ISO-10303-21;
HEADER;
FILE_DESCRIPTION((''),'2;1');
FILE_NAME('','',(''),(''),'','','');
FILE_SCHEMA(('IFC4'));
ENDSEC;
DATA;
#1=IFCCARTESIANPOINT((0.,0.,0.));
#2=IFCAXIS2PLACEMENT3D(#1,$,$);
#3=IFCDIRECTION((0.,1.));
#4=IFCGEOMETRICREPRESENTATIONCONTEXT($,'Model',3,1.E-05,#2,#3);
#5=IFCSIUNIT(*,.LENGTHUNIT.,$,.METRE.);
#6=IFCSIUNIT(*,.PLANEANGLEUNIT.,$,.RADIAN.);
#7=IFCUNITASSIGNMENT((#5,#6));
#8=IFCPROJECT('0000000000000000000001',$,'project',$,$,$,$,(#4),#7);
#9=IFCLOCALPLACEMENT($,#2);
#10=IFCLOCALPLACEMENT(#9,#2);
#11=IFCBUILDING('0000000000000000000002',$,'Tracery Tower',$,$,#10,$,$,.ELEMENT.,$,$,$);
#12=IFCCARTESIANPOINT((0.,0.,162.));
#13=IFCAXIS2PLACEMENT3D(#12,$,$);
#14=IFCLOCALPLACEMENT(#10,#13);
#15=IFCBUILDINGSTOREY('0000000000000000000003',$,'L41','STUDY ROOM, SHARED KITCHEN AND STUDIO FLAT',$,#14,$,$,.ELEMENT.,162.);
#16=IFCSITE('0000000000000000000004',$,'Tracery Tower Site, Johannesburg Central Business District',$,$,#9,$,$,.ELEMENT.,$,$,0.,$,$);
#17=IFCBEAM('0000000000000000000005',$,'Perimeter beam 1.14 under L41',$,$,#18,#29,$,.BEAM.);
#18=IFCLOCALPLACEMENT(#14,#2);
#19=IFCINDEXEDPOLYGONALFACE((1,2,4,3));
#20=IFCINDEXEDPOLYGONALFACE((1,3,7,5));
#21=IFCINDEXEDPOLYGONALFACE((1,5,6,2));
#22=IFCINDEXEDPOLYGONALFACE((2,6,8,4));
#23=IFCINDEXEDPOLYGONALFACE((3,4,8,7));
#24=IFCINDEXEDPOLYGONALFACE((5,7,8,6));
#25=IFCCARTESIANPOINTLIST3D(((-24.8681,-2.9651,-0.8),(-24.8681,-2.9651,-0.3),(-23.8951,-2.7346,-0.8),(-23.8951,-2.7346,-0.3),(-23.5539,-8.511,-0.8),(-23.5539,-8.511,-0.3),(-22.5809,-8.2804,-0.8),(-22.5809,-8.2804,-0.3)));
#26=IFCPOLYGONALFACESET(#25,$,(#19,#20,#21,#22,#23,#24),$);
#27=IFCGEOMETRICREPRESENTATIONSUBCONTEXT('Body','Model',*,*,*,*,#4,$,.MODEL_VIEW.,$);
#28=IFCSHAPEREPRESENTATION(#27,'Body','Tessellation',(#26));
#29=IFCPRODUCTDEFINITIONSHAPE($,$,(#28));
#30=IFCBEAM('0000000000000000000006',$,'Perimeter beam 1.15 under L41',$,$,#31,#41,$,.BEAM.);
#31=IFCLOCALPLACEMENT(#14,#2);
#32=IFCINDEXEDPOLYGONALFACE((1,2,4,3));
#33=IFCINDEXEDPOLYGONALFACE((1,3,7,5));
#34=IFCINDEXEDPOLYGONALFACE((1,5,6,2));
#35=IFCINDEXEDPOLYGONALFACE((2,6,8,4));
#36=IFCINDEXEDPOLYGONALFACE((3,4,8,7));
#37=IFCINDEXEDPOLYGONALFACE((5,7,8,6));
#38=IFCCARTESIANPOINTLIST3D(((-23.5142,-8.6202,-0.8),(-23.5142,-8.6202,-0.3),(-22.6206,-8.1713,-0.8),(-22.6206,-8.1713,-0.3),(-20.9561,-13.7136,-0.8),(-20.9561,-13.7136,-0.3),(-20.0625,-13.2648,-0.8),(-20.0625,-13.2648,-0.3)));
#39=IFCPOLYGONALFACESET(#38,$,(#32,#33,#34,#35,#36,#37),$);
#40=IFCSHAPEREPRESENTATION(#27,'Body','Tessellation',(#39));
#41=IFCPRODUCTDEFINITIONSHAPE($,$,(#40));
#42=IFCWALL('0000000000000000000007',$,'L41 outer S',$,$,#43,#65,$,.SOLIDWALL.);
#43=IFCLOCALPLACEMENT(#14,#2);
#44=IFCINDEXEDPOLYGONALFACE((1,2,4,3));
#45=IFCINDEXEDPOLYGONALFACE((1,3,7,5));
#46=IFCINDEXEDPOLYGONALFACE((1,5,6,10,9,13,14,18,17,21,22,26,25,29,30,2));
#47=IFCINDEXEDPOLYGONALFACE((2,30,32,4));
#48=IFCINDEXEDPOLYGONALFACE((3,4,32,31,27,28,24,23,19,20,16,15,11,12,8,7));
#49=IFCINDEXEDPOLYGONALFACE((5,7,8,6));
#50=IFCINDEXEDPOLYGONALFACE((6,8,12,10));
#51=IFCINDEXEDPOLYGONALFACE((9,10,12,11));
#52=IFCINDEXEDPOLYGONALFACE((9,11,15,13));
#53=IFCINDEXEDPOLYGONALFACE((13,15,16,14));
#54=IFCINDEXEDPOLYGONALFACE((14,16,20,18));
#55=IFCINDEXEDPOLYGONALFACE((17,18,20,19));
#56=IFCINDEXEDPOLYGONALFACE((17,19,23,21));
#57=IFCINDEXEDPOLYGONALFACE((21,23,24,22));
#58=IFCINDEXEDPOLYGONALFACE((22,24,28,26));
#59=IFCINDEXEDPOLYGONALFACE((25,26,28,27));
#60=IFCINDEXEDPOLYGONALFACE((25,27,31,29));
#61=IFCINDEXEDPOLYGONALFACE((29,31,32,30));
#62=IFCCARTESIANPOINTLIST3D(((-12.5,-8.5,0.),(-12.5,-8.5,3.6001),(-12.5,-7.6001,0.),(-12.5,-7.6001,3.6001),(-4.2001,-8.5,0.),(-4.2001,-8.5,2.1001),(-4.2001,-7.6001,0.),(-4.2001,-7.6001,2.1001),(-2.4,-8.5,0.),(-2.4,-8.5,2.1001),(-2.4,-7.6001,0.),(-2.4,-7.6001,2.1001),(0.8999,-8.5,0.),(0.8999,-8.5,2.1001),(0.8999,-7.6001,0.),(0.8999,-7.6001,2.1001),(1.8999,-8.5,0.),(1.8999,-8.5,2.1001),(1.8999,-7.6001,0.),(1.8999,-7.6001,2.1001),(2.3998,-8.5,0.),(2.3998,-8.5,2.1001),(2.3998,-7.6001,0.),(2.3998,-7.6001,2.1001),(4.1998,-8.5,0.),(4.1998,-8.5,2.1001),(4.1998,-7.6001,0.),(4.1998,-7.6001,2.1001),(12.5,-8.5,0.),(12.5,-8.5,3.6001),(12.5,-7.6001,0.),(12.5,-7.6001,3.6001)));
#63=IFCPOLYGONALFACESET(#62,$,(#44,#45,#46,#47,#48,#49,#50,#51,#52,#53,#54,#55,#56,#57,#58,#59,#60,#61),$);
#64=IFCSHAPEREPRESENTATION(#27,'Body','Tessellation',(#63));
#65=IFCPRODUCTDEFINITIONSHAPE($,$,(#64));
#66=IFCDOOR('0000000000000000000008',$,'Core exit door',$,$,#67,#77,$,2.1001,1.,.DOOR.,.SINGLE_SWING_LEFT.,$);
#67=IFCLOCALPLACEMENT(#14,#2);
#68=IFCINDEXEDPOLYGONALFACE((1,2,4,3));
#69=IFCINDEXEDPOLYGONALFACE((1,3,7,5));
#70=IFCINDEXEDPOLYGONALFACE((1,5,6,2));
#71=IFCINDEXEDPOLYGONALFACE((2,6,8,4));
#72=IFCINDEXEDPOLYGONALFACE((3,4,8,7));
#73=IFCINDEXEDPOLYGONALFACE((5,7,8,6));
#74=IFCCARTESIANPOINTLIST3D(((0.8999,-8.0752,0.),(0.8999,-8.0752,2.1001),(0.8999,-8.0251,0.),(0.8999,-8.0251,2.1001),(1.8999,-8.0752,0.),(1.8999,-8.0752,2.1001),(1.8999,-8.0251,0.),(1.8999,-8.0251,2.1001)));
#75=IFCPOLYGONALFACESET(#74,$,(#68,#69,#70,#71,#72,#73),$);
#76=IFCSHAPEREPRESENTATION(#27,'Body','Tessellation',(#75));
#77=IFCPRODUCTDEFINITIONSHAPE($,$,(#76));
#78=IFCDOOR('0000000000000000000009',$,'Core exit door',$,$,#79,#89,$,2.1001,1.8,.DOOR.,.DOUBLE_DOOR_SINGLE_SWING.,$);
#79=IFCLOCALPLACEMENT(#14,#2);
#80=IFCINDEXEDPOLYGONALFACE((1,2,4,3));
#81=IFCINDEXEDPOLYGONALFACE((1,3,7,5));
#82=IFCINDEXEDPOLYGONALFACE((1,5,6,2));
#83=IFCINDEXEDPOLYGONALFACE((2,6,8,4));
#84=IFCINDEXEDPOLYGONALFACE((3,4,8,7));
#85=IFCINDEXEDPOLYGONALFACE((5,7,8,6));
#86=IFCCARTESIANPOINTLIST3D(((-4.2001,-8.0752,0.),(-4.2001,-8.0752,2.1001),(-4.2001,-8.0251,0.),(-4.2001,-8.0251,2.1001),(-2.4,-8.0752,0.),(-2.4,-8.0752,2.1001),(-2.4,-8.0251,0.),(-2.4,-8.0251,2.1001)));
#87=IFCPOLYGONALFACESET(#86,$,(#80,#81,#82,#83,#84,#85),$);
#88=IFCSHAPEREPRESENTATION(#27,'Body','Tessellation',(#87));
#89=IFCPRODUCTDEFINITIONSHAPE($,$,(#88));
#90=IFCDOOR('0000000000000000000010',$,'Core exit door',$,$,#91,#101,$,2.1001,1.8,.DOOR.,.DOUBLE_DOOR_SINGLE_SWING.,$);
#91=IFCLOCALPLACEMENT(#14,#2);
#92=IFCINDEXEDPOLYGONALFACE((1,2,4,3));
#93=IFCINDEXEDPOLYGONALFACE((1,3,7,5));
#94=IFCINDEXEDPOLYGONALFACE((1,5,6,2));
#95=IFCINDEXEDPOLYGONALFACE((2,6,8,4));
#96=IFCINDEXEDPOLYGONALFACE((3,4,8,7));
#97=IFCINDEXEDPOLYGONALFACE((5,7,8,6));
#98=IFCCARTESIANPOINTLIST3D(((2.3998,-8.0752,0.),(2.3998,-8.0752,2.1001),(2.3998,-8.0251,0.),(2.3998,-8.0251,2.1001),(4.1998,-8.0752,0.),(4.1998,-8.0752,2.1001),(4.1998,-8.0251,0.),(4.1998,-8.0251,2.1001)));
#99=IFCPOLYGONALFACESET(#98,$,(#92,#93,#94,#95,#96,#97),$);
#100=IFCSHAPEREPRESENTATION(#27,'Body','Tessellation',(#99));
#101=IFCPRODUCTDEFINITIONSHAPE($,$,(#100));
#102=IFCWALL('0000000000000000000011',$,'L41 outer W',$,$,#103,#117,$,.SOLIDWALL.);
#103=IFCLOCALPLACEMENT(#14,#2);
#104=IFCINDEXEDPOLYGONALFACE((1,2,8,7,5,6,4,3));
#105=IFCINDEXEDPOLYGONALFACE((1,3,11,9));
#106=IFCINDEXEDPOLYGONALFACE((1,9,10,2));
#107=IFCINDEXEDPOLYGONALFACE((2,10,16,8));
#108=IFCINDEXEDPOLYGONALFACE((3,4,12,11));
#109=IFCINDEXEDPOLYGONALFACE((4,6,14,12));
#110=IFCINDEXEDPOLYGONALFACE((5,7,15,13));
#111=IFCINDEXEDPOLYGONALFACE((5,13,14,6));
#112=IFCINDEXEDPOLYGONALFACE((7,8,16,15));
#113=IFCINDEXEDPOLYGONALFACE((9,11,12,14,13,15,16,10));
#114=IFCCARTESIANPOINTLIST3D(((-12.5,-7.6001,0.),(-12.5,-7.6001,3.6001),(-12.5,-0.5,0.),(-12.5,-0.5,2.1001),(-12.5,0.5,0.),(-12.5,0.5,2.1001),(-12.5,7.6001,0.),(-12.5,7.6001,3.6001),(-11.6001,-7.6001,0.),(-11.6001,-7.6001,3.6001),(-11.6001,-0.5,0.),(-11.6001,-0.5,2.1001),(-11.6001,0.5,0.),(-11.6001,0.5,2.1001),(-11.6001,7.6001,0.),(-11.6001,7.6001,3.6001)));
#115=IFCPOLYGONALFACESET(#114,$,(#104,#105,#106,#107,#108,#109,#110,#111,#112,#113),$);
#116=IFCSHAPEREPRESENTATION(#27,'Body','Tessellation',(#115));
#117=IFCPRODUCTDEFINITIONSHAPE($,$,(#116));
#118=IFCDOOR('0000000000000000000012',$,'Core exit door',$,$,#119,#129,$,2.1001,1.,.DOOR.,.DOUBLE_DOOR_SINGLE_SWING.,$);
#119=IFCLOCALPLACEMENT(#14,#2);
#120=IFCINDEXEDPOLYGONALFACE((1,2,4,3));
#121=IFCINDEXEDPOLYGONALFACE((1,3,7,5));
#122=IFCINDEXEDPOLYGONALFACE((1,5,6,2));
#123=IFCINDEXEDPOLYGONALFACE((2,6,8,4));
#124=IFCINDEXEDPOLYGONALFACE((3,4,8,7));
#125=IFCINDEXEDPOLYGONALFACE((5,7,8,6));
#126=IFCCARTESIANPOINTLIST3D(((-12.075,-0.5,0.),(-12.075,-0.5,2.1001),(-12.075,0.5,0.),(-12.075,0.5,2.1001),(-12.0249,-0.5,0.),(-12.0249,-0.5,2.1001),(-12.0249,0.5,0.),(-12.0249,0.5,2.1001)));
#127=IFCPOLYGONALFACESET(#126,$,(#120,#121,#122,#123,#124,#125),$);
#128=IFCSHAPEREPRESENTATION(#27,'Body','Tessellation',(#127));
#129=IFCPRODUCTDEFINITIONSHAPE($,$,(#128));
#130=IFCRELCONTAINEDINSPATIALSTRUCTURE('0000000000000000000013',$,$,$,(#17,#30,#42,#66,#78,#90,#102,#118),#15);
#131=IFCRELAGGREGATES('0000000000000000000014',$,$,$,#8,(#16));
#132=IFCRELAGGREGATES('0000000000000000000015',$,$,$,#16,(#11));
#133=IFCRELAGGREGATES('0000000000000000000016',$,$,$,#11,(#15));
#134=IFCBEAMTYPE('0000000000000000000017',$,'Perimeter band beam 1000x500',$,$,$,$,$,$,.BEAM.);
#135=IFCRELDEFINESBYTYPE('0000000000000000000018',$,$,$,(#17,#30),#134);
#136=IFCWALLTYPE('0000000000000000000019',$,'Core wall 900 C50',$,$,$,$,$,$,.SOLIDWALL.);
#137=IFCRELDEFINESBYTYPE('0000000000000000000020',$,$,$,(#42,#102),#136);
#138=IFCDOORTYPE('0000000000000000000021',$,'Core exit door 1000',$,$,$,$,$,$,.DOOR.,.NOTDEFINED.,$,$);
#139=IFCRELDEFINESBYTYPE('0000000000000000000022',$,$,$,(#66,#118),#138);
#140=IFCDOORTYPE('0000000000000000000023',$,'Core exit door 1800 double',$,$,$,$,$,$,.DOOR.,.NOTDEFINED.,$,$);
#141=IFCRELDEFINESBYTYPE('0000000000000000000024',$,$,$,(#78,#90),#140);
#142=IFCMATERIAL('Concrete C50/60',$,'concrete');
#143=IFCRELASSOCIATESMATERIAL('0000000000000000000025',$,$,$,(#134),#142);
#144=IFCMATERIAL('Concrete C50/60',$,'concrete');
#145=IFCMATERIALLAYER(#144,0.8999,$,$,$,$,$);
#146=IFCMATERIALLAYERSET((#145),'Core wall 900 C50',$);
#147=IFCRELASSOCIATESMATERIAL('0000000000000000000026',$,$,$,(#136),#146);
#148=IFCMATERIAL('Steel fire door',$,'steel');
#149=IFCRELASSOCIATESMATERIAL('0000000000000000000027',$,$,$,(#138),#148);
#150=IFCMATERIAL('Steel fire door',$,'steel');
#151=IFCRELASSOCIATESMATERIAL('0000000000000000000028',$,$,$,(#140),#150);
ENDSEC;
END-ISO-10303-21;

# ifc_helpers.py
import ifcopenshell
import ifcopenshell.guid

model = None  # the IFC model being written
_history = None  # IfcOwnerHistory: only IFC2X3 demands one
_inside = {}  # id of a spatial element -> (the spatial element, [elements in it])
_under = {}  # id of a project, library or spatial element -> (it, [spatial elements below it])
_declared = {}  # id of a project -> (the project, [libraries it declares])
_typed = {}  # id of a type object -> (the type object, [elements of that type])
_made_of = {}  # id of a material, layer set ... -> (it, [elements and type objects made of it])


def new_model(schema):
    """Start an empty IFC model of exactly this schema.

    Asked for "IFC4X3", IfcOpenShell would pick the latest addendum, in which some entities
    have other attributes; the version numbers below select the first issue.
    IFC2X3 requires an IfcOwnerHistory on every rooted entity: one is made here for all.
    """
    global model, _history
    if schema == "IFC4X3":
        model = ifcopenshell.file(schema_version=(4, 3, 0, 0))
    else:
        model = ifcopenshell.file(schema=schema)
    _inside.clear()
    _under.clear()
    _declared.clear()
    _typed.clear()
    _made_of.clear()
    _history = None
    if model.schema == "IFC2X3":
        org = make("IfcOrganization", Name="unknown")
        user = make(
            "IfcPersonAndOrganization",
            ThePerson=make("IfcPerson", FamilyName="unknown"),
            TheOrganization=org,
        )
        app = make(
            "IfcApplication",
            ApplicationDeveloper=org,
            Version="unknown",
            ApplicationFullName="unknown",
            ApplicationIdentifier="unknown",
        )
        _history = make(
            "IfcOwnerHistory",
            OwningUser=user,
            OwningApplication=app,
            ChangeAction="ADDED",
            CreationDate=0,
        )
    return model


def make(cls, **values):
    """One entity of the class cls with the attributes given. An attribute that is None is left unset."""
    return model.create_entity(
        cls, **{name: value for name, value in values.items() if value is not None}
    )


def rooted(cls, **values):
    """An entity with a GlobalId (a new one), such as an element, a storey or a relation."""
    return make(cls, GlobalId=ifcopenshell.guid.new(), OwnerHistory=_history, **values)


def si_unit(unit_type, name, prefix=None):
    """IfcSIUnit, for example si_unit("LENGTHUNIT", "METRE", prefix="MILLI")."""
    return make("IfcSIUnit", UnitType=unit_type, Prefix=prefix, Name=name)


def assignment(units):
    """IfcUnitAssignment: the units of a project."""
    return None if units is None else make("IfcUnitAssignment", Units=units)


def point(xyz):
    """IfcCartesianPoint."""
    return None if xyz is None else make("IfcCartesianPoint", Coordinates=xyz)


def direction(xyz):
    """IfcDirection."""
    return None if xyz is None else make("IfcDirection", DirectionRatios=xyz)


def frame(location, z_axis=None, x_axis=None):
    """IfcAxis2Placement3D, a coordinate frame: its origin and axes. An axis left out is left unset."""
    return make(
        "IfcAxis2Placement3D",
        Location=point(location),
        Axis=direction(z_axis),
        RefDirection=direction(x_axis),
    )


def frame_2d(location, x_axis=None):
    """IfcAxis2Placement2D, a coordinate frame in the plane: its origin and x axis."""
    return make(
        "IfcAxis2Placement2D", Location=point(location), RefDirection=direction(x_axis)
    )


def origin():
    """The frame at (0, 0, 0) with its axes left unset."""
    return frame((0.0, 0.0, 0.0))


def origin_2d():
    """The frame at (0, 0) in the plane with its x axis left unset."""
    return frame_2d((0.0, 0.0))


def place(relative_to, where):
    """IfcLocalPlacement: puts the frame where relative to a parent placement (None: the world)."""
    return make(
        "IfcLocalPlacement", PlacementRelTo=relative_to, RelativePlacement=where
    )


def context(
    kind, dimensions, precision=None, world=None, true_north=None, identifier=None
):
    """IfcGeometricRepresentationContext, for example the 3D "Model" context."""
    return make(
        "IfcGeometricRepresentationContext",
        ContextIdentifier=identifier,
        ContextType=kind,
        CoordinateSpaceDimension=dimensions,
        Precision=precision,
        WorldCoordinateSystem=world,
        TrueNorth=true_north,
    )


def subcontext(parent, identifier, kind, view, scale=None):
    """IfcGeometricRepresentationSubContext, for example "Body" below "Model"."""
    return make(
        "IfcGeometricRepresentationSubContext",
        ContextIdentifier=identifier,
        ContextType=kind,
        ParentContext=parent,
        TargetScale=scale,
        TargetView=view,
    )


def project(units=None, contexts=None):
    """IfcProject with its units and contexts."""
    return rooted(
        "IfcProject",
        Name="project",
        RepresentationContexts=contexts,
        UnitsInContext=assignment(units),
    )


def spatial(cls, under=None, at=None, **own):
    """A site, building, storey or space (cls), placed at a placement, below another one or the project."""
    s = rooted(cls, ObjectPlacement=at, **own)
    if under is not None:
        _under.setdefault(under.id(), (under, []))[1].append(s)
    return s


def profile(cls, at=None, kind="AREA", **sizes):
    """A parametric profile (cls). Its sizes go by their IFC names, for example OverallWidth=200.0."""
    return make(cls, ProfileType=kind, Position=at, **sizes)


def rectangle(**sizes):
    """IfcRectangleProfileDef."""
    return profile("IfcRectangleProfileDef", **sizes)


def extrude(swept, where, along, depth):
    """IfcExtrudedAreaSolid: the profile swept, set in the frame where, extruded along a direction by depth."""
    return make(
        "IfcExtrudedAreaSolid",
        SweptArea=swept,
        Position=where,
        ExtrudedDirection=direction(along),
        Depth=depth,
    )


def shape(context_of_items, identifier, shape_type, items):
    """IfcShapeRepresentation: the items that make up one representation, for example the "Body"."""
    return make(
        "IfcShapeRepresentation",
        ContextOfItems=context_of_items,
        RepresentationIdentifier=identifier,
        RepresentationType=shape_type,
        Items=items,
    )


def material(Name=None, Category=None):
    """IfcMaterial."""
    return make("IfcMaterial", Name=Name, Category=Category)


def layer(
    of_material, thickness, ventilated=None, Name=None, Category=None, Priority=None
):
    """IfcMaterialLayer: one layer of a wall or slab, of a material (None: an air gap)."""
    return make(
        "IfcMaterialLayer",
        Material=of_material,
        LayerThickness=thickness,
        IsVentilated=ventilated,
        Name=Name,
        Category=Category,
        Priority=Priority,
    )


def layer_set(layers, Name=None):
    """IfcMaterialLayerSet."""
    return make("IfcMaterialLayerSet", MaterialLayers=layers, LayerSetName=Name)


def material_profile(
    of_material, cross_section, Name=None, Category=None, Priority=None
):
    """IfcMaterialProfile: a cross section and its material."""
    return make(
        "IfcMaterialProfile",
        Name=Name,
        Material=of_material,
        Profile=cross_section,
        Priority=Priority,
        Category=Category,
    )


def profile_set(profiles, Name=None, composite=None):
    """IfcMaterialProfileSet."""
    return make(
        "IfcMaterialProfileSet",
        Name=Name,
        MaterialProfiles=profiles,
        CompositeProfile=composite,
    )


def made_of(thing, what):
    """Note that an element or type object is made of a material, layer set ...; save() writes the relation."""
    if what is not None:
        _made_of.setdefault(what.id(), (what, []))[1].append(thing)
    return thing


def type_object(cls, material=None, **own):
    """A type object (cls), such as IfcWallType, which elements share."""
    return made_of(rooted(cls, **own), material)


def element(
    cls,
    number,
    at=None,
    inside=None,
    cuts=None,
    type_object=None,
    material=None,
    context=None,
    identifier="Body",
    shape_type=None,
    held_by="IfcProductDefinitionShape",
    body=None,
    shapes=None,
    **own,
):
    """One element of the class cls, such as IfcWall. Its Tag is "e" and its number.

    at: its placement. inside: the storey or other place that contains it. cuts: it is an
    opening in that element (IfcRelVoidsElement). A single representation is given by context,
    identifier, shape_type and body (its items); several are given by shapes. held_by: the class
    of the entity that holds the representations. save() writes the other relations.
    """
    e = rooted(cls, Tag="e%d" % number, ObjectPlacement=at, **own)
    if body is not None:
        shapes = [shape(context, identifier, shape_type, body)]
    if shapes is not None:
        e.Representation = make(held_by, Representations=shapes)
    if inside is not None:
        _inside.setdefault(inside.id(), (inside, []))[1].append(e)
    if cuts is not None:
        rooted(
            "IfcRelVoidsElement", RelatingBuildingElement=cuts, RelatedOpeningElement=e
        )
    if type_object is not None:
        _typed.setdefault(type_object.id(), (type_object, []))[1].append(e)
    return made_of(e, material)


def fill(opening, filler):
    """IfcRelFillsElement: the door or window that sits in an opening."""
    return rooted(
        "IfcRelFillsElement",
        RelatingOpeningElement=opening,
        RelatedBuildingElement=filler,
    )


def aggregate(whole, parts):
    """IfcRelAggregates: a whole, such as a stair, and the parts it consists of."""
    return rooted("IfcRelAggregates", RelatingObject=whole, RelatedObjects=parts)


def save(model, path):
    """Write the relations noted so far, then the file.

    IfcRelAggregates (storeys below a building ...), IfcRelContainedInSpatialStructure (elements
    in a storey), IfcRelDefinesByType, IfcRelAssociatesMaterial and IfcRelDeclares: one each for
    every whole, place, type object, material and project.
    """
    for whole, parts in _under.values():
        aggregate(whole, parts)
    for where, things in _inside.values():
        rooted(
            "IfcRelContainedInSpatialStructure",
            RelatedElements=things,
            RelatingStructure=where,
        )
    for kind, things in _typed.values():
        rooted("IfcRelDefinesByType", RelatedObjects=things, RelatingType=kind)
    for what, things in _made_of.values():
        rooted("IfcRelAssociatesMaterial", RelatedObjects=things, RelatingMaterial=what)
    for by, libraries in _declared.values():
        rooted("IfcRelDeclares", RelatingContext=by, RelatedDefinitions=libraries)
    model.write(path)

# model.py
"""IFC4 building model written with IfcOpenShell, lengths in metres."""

from ifc_helpers import new_model, si_unit, direction, frame, frame_2d, origin, origin_2d, place, context, subcontext, project, spatial, rectangle, extrude, material, layer, layer_set, material_profile, profile_set, type_object, element, fill, save


model = new_model("IFC4")

# Units and contexts
model_context = context("Model", 3, precision=1e-05, world=origin(), true_north=direction((0.0, 1.0)))
body_context = subcontext(model_context, "Body", "Model", "MODEL_VIEW")
ifc_project = project(units=[si_unit("LENGTHUNIT", "METRE"), si_unit("PLANEANGLEUNIT", "RADIAN")], contexts=[model_context])

# Site, building, storey
site_placement = place(None, origin())
site = spatial("IfcSite", under=ifc_project, at=site_placement, Name="Tracery Tower Site, Johannesburg Central Business District", CompositionType="ELEMENT", RefElevation=0.0)
building_placement = place(site_placement, origin())
building = spatial("IfcBuilding", under=site, at=building_placement, Name="Tracery Tower", CompositionType="ELEMENT")
storey_placement = place(building_placement, frame((0.0, 0.0, 162.0)))
storey = spatial("IfcBuildingStorey", under=building, at=storey_placement, Name="L41", Description="STUDY ROOM, SHARED KITCHEN AND STUDIO FLAT", CompositionType="ELEMENT", Elevation=162.0)

# Beams
ifc_material_1 = material(Name="Concrete C50/60", Category="concrete")
ifc_material_profile_1 = material_profile(ifc_material_1, rectangle(XDim=1.0, YDim=0.5, at=origin_2d()), Name="RC 1000x500")
ifc_profile_set_1 = profile_set([ifc_material_profile_1], Name="Concrete C50/60")
beam_type = type_object("IfcBeamType", Name="Perimeter band beam 1000x500", PredefinedType="BEAM", material=ifc_profile_set_1)
beam_1_placement = place(storey_placement, frame((-24.3816, -2.8499, -0.55), z_axis=(0.230584, -0.973052, 0.0), x_axis=(0.973052, 0.230584, 0.0)))
element("IfcBeam", 1, at=beam_1_placement, inside=storey, type_object=beam_type, Name="Perimeter beam 1.14 under L41", PredefinedType="BEAM", context=body_context, shape_type="SweptSolid", body=[
    extrude(rectangle(XDim=1.0, YDim=0.5, at=origin_2d()), origin(), (0.0, 0.0, 1.0), 5.6995),
])
beam_2_placement = place(storey_placement, frame((-23.0674, -8.3958, -0.55), z_axis=(0.448806, -0.893629, 0.0), x_axis=(0.893629, 0.448806, 0.0)))
element("IfcBeam", 2, at=beam_2_placement, inside=storey, type_object=beam_type, Name="Perimeter beam 1.15 under L41", PredefinedType="BEAM", context=body_context, shape_type="SweptSolid", body=[
    extrude(rectangle(XDim=1.0, YDim=0.5, at=origin_2d()), origin(), (0.0, 0.0, 1.0), 5.6997),
])

# Wall, openings, doors
ifc_material_2 = material(Name="Concrete C50/60", Category="concrete")
ifc_layer_1 = layer(ifc_material_2, 0.8999)
ifc_layer_set_1 = layer_set([ifc_layer_1], Name="Core wall 900 C50")
wall_type_1 = type_object("IfcWallType", Name="Core wall 900 C50", PredefinedType="SOLIDWALL", material=ifc_layer_set_1)
wall_1_placement = place(storey_placement, frame((-12.5, -8.05, 0.0), z_axis=(0.0, 0.0, 1.0), x_axis=(1.0, 0.0, 0.0)))
wall_1 = element("IfcWall", 3, at=wall_1_placement, inside=storey, type_object=wall_type_1, Name="L41 outer S", PredefinedType="SOLIDWALL", context=body_context, shape_type="SweptSolid", body=[
    extrude(rectangle(XDim=25.0, YDim=0.8999, at=frame_2d((12.5, 0.0))), origin(), (0.0, 0.0, 1.0), 3.6001),
])
opening_1_placement = place(wall_1_placement, frame((13.3999, 0.0, 0.0)))
opening_1 = element("IfcOpeningElement", 4, at=opening_1_placement, cuts=wall_1, PredefinedType="OPENING", context=body_context, shape_type="SweptSolid", body=[
    extrude(rectangle(XDim=1.0, YDim=2.1001, at=frame_2d((0.5, 1.05))), frame((0.0, 0.45, 0.0), z_axis=(0.0, -1.0, 0.0), x_axis=(1.0, 0.0, 0.0)), (0.0, 0.0, 1.0), 0.8999),
])
opening_2_placement = place(wall_1_placement, frame((8.3, 0.0, 0.0)))
opening_2 = element("IfcOpeningElement", 5, at=opening_2_placement, cuts=wall_1, PredefinedType="OPENING", context=body_context, shape_type="SweptSolid", body=[
    extrude(rectangle(XDim=1.8, YDim=2.1001, at=frame_2d((0.8999, 1.05))), frame((0.0, 0.45, 0.0), z_axis=(0.0, -1.0, 0.0), x_axis=(1.0, 0.0, 0.0)), (0.0, 0.0, 1.0), 0.8999),
])
opening_3_placement = place(wall_1_placement, frame((14.8999, 0.0, 0.0)))
opening_3 = element("IfcOpeningElement", 6, at=opening_3_placement, cuts=wall_1, PredefinedType="OPENING", context=body_context, shape_type="SweptSolid", body=[
    extrude(rectangle(XDim=1.8, YDim=2.1001, at=frame_2d((0.8999, 1.05))), frame((0.0, 0.45, 0.0), z_axis=(0.0, -1.0, 0.0), x_axis=(1.0, 0.0, 0.0)), (0.0, 0.0, 1.0), 0.8999),
])
ifc_material_3 = material(Name="Steel fire door", Category="steel")
door_type_1 = type_object("IfcDoorType", Name="Core exit door 1000", OperationType="NOTDEFINED", PredefinedType="DOOR", material=ifc_material_3)
door_1_placement = place(opening_1_placement, origin())
door_1 = element("IfcDoor", 7, at=door_1_placement, inside=storey, type_object=door_type_1, Name="Core exit door", OperationType="SINGLE_SWING_LEFT", OverallHeight=2.1001, OverallWidth=1.0, PredefinedType="DOOR", context=body_context, shape_type="SweptSolid", body=[
    extrude(rectangle(XDim=1.0, YDim=2.1001, at=frame_2d((0.5, 1.05))), frame((0.0, 0.0249, 0.0), z_axis=(0.0, -1.0, 0.0), x_axis=(1.0, 0.0, 0.0)), (0.0, 0.0, 1.0), 0.05),
])
fill(opening_1, door_1)
ifc_material_4 = material(Name="Steel fire door", Category="steel")
door_type_2 = type_object("IfcDoorType", Name="Core exit door 1800 double", OperationType="NOTDEFINED", PredefinedType="DOOR", material=ifc_material_4)
door_2_placement = place(opening_2_placement, origin())
door_2 = element("IfcDoor", 8, at=door_2_placement, inside=storey, type_object=door_type_2, Name="Core exit door", OperationType="DOUBLE_DOOR_SINGLE_SWING", OverallHeight=2.1001, OverallWidth=1.8, PredefinedType="DOOR", context=body_context, shape_type="SweptSolid", body=[
    extrude(rectangle(XDim=1.8, YDim=2.1001, at=frame_2d((0.8999, 1.05))), frame((0.0, 0.0249, 0.0), z_axis=(0.0, -1.0, 0.0), x_axis=(1.0, 0.0, 0.0)), (0.0, 0.0, 1.0), 0.05),
])
fill(opening_2, door_2)
door_3_placement = place(opening_3_placement, origin())
door_3 = element("IfcDoor", 9, at=door_3_placement, inside=storey, type_object=door_type_2, Name="Core exit door", OperationType="DOUBLE_DOOR_SINGLE_SWING", OverallHeight=2.1001, OverallWidth=1.8, PredefinedType="DOOR", context=body_context, shape_type="SweptSolid", body=[
    extrude(rectangle(XDim=1.8, YDim=2.1001, at=frame_2d((0.8999, 1.05))), frame((0.0, 0.0249, 0.0), z_axis=(0.0, -1.0, 0.0), x_axis=(1.0, 0.0, 0.0)), (0.0, 0.0, 1.0), 0.05),
])
fill(opening_3, door_3)

# Wall, opening, door
wall_2_placement = place(storey_placement, frame((-12.05, -7.6001, 0.0), z_axis=(0.0, 0.0, 1.0), x_axis=(0.0, 1.0, 0.0)))
wall_2 = element("IfcWall", 10, at=wall_2_placement, inside=storey, type_object=wall_type_1, Name="L41 outer W", PredefinedType="SOLIDWALL", context=body_context, shape_type="SweptSolid", body=[
    extrude(rectangle(XDim=15.2002, YDim=0.8999, at=frame_2d((7.6001, 0.0))), origin(), (0.0, 0.0, 1.0), 3.6001),
])
opening_4_placement = place(wall_2_placement, frame((7.1001, 0.0, 0.0)))
opening_4 = element("IfcOpeningElement", 11, at=opening_4_placement, cuts=wall_2, PredefinedType="OPENING", context=body_context, shape_type="SweptSolid", body=[
    extrude(rectangle(XDim=1.0, YDim=2.1001, at=frame_2d((0.5, 1.05))), frame((0.0, 0.45, 0.0), z_axis=(0.0, -1.0, 0.0), x_axis=(1.0, 0.0, 0.0)), (0.0, 0.0, 1.0), 0.8999),
])
door_4_placement = place(opening_4_placement, origin())
door_4 = element("IfcDoor", 12, at=door_4_placement, inside=storey, type_object=door_type_1, Name="Core exit door", OperationType="DOUBLE_DOOR_SINGLE_SWING", OverallHeight=2.1001, OverallWidth=1.0, PredefinedType="DOOR", context=body_context, shape_type="SweptSolid", body=[
    extrude(rectangle(XDim=1.0, YDim=2.1001, at=frame_2d((0.5, 1.05))), frame((0.0, 0.0249, 0.0), z_axis=(0.0, -1.0, 0.0), x_axis=(1.0, 0.0, 0.0)), (0.0, 0.0, 1.0), 0.05),
])
fill(opening_4, door_4)

save(model, "model.ifc")
